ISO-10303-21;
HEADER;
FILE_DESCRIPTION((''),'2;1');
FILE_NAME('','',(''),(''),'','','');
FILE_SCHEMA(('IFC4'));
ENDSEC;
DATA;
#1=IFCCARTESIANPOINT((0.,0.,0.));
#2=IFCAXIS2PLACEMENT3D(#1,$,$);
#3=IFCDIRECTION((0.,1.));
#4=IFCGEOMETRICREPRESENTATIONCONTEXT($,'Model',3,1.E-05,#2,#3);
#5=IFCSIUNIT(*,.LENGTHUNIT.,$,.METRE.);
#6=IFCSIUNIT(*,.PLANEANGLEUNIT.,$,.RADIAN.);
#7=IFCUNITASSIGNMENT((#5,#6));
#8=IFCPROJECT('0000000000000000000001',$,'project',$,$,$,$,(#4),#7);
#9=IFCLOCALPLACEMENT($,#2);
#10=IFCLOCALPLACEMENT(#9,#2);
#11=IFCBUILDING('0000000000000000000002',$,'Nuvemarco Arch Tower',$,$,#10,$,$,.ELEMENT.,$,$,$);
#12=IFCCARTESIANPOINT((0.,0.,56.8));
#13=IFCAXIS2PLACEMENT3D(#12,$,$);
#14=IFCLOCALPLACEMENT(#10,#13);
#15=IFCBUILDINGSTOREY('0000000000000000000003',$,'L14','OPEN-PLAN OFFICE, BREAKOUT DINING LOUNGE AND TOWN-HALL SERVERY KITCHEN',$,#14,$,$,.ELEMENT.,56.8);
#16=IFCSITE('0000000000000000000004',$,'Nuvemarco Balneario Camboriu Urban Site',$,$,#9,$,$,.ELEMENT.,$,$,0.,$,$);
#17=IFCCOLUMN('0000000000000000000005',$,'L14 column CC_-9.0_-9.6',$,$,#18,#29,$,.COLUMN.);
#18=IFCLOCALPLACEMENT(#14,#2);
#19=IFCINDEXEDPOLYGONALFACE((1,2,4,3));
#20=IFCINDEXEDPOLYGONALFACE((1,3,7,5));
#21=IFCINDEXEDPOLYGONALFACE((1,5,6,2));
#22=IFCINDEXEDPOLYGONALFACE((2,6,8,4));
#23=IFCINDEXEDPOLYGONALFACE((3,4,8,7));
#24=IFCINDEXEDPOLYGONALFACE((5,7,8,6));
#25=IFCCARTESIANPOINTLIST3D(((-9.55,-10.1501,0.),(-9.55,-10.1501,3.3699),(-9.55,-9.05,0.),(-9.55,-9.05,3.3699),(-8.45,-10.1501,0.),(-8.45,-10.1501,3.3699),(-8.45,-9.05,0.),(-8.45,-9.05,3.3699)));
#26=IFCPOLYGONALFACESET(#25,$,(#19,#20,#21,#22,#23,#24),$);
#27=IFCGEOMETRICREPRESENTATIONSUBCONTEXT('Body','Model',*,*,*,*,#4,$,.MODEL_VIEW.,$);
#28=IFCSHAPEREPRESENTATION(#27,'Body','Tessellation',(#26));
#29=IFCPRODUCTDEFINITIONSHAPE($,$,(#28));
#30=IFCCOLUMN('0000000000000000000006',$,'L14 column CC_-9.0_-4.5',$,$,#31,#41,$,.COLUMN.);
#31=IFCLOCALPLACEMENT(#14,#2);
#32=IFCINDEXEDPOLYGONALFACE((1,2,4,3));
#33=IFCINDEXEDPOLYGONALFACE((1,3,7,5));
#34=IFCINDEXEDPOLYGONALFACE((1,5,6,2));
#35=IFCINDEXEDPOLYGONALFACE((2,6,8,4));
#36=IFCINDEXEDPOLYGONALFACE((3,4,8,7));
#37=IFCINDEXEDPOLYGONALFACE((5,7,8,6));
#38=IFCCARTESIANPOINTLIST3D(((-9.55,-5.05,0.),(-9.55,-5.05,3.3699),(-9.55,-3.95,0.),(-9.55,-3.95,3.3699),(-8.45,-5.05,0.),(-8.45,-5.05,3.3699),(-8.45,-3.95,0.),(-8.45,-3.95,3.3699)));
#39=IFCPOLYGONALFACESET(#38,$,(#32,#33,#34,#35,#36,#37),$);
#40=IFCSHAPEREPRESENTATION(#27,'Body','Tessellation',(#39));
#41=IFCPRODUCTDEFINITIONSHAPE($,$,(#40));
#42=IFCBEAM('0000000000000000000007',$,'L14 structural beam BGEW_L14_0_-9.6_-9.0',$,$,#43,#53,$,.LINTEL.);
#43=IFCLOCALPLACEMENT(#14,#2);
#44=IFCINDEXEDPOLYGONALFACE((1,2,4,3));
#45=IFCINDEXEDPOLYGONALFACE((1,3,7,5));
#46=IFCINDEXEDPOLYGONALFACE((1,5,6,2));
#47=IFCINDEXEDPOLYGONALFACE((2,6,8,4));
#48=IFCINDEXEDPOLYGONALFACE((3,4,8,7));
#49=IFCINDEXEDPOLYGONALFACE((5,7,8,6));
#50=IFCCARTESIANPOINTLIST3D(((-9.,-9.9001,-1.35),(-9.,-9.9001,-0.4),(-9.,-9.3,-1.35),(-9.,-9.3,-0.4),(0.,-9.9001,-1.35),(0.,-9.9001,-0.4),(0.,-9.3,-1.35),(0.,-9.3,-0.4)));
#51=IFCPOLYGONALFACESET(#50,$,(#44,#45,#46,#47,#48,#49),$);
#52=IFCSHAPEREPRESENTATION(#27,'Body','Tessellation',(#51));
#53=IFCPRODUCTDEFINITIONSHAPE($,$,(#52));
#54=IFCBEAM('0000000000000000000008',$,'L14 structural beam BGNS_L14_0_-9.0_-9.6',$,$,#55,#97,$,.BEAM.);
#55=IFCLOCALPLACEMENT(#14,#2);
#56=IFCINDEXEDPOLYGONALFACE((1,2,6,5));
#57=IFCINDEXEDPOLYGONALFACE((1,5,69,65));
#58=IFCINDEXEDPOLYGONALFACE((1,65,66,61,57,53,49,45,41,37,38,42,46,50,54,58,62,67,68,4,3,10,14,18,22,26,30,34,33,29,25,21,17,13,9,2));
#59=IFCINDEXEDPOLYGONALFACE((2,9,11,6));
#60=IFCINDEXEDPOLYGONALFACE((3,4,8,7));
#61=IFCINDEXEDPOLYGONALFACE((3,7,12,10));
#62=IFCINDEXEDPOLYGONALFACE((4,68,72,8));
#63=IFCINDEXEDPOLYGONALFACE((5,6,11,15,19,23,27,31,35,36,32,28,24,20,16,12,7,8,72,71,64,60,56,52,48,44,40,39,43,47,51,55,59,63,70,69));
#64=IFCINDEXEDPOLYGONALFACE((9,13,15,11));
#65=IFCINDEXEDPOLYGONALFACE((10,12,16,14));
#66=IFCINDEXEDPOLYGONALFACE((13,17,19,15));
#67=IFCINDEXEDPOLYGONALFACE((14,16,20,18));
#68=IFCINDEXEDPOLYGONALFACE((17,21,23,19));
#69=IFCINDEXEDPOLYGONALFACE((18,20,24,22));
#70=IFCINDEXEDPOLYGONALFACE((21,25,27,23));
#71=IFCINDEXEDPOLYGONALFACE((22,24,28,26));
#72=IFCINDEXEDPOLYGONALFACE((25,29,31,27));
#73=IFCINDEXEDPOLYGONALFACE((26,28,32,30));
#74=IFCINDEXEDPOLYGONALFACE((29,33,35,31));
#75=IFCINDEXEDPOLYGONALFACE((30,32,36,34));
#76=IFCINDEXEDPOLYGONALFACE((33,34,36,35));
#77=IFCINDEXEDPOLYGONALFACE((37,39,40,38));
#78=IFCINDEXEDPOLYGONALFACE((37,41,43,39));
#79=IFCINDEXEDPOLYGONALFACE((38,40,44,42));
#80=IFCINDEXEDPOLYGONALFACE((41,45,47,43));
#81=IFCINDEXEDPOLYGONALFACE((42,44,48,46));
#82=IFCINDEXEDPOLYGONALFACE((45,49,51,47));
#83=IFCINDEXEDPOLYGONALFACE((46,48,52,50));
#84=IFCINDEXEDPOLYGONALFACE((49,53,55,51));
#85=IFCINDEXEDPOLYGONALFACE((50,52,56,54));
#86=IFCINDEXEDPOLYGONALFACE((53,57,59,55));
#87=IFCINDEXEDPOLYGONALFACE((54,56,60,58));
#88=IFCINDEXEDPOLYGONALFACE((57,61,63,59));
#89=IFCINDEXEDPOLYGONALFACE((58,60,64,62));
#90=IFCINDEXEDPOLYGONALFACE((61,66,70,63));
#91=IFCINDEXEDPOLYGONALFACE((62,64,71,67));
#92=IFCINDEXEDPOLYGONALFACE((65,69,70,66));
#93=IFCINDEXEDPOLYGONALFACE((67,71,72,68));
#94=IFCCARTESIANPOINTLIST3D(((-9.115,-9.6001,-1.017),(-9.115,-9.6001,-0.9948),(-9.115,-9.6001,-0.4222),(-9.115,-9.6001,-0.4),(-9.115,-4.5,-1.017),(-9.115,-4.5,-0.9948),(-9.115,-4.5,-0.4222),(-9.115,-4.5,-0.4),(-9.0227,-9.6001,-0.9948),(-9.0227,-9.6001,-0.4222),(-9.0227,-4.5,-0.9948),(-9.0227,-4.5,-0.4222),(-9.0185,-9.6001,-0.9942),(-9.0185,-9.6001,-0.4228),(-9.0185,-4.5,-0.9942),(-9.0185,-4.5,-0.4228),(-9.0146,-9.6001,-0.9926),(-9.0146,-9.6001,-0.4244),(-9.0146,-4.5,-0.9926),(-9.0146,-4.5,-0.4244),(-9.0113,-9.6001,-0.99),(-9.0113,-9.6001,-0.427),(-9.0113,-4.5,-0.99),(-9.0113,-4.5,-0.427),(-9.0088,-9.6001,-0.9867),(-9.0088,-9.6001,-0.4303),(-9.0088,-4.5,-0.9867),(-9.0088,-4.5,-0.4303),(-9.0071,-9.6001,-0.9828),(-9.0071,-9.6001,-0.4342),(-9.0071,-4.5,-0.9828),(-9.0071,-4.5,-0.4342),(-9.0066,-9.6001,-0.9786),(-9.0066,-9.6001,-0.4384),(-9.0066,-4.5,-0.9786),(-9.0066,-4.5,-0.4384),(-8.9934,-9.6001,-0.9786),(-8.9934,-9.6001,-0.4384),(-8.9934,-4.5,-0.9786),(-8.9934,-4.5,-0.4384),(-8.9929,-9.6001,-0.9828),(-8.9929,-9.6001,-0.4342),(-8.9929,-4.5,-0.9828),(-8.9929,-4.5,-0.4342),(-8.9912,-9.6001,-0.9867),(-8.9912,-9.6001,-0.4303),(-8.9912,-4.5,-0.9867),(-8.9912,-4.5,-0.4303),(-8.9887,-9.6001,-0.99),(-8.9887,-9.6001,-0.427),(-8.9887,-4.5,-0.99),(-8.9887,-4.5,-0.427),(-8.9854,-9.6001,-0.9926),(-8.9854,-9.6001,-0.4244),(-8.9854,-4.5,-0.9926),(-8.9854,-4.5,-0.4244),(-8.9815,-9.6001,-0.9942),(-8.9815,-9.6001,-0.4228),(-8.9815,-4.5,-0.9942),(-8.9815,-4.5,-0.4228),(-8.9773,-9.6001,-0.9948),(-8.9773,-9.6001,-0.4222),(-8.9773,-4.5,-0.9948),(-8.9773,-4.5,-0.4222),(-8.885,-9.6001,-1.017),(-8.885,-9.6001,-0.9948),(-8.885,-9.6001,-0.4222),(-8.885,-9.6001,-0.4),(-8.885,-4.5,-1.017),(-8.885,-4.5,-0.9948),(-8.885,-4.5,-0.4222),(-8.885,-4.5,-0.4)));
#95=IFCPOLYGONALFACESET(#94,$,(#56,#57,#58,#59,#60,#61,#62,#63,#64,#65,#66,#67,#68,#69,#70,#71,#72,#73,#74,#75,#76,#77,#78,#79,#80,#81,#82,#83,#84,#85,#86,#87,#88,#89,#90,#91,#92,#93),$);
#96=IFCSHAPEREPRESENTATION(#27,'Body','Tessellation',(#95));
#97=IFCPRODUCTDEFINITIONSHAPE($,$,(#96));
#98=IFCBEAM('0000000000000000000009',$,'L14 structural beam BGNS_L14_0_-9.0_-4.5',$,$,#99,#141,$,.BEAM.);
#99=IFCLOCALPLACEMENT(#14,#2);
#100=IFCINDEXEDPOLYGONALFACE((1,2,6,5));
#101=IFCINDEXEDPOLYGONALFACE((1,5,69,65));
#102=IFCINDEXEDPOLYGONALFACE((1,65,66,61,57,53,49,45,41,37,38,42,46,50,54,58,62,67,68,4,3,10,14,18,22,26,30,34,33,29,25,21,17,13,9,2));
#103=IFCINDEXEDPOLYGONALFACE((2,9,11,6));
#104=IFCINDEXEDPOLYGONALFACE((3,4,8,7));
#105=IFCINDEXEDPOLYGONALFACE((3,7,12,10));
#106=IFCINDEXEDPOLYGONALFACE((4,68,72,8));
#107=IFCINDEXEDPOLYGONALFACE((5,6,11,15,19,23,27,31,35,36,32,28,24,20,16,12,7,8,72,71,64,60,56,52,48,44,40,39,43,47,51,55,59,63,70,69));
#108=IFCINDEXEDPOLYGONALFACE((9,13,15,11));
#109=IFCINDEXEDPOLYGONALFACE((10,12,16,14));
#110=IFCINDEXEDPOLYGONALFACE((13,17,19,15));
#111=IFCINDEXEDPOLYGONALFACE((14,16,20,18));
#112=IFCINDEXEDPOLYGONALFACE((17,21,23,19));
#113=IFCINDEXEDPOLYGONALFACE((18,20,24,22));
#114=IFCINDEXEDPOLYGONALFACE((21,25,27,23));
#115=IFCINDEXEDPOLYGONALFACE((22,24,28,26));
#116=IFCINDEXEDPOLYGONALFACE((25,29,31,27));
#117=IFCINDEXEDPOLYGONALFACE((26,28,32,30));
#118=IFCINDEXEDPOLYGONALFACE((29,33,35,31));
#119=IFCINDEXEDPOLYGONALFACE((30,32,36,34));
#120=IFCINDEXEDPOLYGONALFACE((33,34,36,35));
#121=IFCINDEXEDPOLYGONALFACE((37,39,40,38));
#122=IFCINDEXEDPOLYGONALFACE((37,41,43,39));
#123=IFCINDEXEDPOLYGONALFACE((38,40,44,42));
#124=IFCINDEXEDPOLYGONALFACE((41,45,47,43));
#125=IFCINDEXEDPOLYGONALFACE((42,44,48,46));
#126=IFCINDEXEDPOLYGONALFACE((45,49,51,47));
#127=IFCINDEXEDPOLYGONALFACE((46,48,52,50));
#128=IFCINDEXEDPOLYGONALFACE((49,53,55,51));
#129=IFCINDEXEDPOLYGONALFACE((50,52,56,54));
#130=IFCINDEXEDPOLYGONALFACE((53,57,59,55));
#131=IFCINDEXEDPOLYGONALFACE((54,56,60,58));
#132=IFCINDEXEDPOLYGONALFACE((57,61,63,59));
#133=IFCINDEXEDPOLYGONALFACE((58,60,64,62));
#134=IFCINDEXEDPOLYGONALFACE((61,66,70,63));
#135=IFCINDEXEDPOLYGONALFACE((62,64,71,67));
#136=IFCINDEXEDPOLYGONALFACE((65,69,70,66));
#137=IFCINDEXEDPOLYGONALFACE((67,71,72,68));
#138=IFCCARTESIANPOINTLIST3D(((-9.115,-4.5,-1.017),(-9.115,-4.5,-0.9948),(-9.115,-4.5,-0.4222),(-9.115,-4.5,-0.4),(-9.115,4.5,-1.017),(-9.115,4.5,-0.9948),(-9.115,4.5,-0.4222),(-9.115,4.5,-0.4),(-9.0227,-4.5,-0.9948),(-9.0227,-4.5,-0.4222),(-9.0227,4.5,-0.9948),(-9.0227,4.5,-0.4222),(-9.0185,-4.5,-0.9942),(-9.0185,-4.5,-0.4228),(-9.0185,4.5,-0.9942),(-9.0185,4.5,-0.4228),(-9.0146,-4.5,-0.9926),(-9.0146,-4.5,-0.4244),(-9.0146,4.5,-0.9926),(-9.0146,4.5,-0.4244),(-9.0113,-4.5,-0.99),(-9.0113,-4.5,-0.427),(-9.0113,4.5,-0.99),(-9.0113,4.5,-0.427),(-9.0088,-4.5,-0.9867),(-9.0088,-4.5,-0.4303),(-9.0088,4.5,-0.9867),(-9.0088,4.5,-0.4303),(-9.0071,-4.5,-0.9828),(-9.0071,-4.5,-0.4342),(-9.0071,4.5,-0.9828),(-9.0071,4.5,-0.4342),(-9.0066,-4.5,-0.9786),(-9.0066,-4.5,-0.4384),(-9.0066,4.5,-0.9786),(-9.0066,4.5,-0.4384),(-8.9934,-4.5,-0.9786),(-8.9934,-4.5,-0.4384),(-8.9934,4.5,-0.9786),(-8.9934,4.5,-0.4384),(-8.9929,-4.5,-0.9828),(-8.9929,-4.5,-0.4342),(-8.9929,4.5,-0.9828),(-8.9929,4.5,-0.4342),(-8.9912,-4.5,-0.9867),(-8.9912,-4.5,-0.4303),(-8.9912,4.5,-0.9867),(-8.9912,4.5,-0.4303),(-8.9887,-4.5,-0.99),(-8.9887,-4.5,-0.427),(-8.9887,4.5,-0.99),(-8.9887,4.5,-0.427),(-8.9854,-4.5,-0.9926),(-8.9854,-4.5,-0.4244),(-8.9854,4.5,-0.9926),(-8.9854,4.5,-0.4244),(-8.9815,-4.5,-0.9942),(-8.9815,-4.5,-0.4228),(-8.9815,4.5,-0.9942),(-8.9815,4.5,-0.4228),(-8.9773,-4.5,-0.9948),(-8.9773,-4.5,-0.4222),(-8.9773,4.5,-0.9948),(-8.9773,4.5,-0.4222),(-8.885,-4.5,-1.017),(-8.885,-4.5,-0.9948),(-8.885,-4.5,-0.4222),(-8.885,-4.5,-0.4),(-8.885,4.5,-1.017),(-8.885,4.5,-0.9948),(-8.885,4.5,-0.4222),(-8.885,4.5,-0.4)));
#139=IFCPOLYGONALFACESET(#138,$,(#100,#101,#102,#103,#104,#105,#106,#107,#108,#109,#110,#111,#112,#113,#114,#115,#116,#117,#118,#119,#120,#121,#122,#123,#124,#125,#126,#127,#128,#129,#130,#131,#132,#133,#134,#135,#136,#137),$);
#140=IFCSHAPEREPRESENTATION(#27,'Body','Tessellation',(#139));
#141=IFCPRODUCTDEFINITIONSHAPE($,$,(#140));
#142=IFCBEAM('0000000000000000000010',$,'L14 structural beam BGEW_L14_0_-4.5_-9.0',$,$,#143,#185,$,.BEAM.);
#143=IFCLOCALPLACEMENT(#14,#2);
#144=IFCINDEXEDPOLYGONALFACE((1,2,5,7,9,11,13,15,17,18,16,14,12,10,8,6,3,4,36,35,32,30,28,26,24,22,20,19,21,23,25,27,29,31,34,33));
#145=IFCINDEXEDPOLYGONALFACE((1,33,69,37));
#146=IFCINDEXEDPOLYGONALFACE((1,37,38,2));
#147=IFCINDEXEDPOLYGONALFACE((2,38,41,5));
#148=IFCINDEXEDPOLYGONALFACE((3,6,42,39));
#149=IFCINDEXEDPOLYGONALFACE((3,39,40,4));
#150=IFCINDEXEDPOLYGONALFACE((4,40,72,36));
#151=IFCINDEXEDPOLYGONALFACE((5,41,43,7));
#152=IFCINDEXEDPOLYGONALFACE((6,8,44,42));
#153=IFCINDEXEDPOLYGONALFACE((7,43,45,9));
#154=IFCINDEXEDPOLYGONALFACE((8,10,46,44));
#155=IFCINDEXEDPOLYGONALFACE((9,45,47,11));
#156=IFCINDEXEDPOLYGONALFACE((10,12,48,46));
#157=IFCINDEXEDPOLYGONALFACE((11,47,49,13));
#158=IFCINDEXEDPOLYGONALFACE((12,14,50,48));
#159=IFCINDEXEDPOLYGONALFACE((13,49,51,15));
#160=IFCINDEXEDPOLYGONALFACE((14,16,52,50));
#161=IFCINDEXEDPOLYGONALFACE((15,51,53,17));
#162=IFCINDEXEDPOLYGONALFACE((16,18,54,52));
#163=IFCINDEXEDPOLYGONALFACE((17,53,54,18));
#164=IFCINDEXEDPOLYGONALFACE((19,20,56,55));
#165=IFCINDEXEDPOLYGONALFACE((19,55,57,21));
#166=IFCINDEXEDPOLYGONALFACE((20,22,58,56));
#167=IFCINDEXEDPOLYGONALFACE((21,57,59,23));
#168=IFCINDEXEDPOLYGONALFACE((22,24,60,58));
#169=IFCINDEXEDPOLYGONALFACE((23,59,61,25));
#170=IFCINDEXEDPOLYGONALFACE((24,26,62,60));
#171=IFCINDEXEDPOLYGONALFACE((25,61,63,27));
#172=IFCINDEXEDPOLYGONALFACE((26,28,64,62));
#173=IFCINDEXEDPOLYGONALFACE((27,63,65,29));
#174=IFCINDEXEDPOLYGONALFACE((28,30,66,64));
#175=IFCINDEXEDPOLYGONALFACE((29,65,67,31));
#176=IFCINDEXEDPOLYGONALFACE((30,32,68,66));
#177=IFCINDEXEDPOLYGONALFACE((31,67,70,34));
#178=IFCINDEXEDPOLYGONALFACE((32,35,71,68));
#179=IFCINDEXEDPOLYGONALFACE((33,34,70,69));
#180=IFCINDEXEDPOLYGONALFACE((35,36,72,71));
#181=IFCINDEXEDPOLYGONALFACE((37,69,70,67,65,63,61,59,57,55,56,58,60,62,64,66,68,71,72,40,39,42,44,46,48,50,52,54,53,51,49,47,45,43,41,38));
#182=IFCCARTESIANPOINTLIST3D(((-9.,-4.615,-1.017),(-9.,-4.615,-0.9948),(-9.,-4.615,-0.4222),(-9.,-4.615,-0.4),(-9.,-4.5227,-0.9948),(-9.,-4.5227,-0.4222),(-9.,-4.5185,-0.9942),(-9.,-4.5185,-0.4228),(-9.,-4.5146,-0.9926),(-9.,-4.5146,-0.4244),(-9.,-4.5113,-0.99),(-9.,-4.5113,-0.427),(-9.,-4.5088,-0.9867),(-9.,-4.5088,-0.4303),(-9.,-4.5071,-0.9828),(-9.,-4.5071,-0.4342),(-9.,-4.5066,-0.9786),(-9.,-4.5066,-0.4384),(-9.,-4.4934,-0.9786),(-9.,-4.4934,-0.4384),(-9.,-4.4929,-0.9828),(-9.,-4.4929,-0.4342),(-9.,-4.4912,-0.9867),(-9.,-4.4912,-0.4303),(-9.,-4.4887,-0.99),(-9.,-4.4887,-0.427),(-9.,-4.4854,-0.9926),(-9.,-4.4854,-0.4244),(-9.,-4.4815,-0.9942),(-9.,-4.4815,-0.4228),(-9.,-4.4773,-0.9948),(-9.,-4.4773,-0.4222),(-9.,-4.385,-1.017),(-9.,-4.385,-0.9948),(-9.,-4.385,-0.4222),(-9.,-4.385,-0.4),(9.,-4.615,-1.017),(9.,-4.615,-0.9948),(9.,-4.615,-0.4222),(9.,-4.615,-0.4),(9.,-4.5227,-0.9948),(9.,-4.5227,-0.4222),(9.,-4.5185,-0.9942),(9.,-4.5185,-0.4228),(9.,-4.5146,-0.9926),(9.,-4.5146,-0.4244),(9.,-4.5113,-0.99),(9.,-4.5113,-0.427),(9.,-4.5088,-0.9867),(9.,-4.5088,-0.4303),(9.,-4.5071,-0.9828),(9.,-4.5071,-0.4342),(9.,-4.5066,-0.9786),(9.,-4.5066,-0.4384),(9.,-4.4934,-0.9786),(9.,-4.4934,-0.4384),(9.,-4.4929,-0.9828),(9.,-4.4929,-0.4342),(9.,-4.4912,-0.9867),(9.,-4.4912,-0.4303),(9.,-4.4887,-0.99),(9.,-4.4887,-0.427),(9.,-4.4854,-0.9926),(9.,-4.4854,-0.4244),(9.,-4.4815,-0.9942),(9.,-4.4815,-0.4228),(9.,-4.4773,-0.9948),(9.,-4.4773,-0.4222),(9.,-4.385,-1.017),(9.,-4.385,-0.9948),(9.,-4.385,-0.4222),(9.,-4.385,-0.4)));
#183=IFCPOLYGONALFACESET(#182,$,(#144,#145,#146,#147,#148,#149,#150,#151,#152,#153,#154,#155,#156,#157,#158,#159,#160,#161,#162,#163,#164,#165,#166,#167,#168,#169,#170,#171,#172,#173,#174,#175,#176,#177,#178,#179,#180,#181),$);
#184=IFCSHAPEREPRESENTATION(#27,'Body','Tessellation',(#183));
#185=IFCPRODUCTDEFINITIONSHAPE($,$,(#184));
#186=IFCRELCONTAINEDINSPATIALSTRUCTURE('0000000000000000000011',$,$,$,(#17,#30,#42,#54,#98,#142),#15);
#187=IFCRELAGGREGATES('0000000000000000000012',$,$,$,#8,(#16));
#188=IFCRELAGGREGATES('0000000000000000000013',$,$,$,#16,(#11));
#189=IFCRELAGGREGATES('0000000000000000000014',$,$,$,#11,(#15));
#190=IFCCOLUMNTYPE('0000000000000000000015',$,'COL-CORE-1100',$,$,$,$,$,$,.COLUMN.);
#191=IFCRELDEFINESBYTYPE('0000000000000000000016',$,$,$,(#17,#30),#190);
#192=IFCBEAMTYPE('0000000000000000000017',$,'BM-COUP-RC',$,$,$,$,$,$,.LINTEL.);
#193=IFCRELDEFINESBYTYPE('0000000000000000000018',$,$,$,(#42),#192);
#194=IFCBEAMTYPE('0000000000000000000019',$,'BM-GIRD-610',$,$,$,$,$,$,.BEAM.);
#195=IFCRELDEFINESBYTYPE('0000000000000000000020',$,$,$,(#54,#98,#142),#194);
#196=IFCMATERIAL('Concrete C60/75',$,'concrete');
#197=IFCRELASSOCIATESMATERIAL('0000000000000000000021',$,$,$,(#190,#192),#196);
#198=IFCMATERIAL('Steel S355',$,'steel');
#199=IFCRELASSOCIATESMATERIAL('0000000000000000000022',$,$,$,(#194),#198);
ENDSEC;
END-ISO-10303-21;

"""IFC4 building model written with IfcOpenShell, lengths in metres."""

from ifc_helpers import new_model, si_unit, direction, frame, origin, origin_2d, place, context, subcontext, project, spatial, rectangle, i_section, extrude, material, material_profile, profile_set, type_object, element, save


model = new_model("IFC4")

# Units and contexts
model_context = context("Model", 3, precision=1e-05, world=origin(), true_north=direction((0.0, 1.0)))
body_context = subcontext(model_context, "Body", "Model", "MODEL_VIEW")
ifc_project = project(units=[si_unit("LENGTHUNIT", "METRE"), si_unit("PLANEANGLEUNIT", "RADIAN")], contexts=[model_context])

# Site, building, storey
site_placement = place(None, origin())
site = spatial("IfcSite", under=ifc_project, at=site_placement, Name="Nuvemarco Balneario Camboriu Urban Site", CompositionType="ELEMENT", RefElevation=0.0)
building_placement = place(site_placement, origin())
building = spatial("IfcBuilding", under=site, at=building_placement, Name="Nuvemarco Arch Tower", CompositionType="ELEMENT")
storey_placement = place(building_placement, frame((0.0, 0.0, 56.8)))
storey = spatial("IfcBuildingStorey", under=building, at=storey_placement, Name="L14", Description="OPEN-PLAN OFFICE, BREAKOUT DINING LOUNGE AND TOWN-HALL SERVERY KITCHEN", CompositionType="ELEMENT", Elevation=56.8)

# Columns
ifc_material_1 = material(Name="Concrete C60/75", Category="concrete")
ifc_material_profile_1 = material_profile(ifc_material_1, rectangle(XDim=1.1001, YDim=1.1001, at=origin_2d()), Name="RC-COL-1100x1100")
ifc_profile_set_1 = profile_set([ifc_material_profile_1], Name="Concrete C60/75")
column_type = type_object("IfcColumnType", Name="COL-CORE-1100", PredefinedType="COLUMN", material=ifc_profile_set_1)
for number, where, z_axis, x_axis, name in (
    (1, (-9.0, -9.6001, 0.0), (0.0, 0.0, 1.0), (1.0, 0.0, 0.0), "L14 column CC_-9.0_-9.6"),
    (2, (-9.0, -4.5, 0.0), (0.0, 0.0, 1.0), (1.0, 0.0, 0.0), "L14 column CC_-9.0_-4.5"),
):
    element("IfcColumn", number, at=place(storey_placement, frame(where, z_axis=z_axis, x_axis=x_axis)), inside=storey, type_object=column_type, Name=name, PredefinedType="COLUMN", context=body_context, shape_type="SweptSolid", body=[
        extrude(rectangle(XDim=1.1001, YDim=1.1001, at=origin_2d()), origin(), (0.0, 0.0, 1.0), 3.3699),
    ])

# Beams
ifc_material_profile_2 = material_profile(ifc_material_1, rectangle(XDim=0.6001, YDim=0.95, at=origin_2d()), Name="RC-BM-600x950")
ifc_profile_set_2 = profile_set([ifc_material_profile_2], Name="Concrete C60/75")
beam_type_1 = type_object("IfcBeamType", Name="BM-COUP-RC", PredefinedType="LINTEL", material=ifc_profile_set_2)
beam_1_placement = place(storey_placement, frame((-9.0, -9.6001, -0.875), z_axis=(1.0, 0.0, 0.0), x_axis=(0.0, 1.0, 0.0)))
element("IfcBeam", 3, at=beam_1_placement, inside=storey, type_object=beam_type_1, Name="L14 structural beam BGEW_L14_0_-9.6_-9.0", PredefinedType="LINTEL", context=body_context, shape_type="SweptSolid", body=[
    extrude(rectangle(XDim=0.6001, YDim=0.95, at=origin_2d()), origin(), (0.0, 0.0, 1.0), 9.0),
])
ifc_material_2 = material(Name="Steel S355", Category="steel")
ifc_material_profile_3 = material_profile(ifc_material_2, i_section(OverallWidth=0.23, OverallDepth=0.6169, WebThickness=0.0132, FlangeThickness=0.0222, FilletRadius=0.0161, at=origin_2d()), Name="W610x140")
ifc_profile_set_3 = profile_set([ifc_material_profile_3], Name="Steel S355")
beam_type_2 = type_object("IfcBeamType", Name="BM-GIRD-610", PredefinedType="BEAM", material=ifc_profile_set_3)
beam_2_placement = place(storey_placement, frame((-9.0, -9.6001, -0.7085), z_axis=(0.0, 1.0, 0.0), x_axis=(-1.0, 0.0, 0.0)))
element("IfcBeam", 4, at=beam_2_placement, inside=storey, type_object=beam_type_2, Name="L14 structural beam BGNS_L14_0_-9.0_-9.6", PredefinedType="BEAM", context=body_context, shape_type="SweptSolid", body=[
    extrude(i_section(OverallWidth=0.23, OverallDepth=0.6169, WebThickness=0.0132, FlangeThickness=0.0222, FilletRadius=0.0161, at=origin_2d()), origin(), (0.0, 0.0, 1.0), 5.1001),
])
beam_3_placement = place(storey_placement, frame((-9.0, -4.5, -0.7085), z_axis=(0.0, 1.0, 0.0), x_axis=(-1.0, 0.0, 0.0)))
element("IfcBeam", 5, at=beam_3_placement, inside=storey, type_object=beam_type_2, Name="L14 structural beam BGNS_L14_0_-9.0_-4.5", PredefinedType="BEAM", context=body_context, shape_type="SweptSolid", body=[
    extrude(i_section(OverallWidth=0.23, OverallDepth=0.6169, WebThickness=0.0132, FlangeThickness=0.0222, FilletRadius=0.0161, at=origin_2d()), origin(), (0.0, 0.0, 1.0), 9.0),
])
beam_4_placement = place(storey_placement, frame((-9.0, -4.5, -0.7085), z_axis=(1.0, 0.0, 0.0), x_axis=(0.0, 1.0, 0.0)))
element("IfcBeam", 6, at=beam_4_placement, inside=storey, type_object=beam_type_2, Name="L14 structural beam BGEW_L14_0_-4.5_-9.0", PredefinedType="BEAM", context=body_context, shape_type="SweptSolid", body=[
    extrude(i_section(OverallWidth=0.23, OverallDepth=0.6169, WebThickness=0.0132, FlangeThickness=0.0222, FilletRadius=0.0161, at=origin_2d()), origin(), (0.0, 0.0, 1.0), 18.0),
])

save(model, "model.ifc")
